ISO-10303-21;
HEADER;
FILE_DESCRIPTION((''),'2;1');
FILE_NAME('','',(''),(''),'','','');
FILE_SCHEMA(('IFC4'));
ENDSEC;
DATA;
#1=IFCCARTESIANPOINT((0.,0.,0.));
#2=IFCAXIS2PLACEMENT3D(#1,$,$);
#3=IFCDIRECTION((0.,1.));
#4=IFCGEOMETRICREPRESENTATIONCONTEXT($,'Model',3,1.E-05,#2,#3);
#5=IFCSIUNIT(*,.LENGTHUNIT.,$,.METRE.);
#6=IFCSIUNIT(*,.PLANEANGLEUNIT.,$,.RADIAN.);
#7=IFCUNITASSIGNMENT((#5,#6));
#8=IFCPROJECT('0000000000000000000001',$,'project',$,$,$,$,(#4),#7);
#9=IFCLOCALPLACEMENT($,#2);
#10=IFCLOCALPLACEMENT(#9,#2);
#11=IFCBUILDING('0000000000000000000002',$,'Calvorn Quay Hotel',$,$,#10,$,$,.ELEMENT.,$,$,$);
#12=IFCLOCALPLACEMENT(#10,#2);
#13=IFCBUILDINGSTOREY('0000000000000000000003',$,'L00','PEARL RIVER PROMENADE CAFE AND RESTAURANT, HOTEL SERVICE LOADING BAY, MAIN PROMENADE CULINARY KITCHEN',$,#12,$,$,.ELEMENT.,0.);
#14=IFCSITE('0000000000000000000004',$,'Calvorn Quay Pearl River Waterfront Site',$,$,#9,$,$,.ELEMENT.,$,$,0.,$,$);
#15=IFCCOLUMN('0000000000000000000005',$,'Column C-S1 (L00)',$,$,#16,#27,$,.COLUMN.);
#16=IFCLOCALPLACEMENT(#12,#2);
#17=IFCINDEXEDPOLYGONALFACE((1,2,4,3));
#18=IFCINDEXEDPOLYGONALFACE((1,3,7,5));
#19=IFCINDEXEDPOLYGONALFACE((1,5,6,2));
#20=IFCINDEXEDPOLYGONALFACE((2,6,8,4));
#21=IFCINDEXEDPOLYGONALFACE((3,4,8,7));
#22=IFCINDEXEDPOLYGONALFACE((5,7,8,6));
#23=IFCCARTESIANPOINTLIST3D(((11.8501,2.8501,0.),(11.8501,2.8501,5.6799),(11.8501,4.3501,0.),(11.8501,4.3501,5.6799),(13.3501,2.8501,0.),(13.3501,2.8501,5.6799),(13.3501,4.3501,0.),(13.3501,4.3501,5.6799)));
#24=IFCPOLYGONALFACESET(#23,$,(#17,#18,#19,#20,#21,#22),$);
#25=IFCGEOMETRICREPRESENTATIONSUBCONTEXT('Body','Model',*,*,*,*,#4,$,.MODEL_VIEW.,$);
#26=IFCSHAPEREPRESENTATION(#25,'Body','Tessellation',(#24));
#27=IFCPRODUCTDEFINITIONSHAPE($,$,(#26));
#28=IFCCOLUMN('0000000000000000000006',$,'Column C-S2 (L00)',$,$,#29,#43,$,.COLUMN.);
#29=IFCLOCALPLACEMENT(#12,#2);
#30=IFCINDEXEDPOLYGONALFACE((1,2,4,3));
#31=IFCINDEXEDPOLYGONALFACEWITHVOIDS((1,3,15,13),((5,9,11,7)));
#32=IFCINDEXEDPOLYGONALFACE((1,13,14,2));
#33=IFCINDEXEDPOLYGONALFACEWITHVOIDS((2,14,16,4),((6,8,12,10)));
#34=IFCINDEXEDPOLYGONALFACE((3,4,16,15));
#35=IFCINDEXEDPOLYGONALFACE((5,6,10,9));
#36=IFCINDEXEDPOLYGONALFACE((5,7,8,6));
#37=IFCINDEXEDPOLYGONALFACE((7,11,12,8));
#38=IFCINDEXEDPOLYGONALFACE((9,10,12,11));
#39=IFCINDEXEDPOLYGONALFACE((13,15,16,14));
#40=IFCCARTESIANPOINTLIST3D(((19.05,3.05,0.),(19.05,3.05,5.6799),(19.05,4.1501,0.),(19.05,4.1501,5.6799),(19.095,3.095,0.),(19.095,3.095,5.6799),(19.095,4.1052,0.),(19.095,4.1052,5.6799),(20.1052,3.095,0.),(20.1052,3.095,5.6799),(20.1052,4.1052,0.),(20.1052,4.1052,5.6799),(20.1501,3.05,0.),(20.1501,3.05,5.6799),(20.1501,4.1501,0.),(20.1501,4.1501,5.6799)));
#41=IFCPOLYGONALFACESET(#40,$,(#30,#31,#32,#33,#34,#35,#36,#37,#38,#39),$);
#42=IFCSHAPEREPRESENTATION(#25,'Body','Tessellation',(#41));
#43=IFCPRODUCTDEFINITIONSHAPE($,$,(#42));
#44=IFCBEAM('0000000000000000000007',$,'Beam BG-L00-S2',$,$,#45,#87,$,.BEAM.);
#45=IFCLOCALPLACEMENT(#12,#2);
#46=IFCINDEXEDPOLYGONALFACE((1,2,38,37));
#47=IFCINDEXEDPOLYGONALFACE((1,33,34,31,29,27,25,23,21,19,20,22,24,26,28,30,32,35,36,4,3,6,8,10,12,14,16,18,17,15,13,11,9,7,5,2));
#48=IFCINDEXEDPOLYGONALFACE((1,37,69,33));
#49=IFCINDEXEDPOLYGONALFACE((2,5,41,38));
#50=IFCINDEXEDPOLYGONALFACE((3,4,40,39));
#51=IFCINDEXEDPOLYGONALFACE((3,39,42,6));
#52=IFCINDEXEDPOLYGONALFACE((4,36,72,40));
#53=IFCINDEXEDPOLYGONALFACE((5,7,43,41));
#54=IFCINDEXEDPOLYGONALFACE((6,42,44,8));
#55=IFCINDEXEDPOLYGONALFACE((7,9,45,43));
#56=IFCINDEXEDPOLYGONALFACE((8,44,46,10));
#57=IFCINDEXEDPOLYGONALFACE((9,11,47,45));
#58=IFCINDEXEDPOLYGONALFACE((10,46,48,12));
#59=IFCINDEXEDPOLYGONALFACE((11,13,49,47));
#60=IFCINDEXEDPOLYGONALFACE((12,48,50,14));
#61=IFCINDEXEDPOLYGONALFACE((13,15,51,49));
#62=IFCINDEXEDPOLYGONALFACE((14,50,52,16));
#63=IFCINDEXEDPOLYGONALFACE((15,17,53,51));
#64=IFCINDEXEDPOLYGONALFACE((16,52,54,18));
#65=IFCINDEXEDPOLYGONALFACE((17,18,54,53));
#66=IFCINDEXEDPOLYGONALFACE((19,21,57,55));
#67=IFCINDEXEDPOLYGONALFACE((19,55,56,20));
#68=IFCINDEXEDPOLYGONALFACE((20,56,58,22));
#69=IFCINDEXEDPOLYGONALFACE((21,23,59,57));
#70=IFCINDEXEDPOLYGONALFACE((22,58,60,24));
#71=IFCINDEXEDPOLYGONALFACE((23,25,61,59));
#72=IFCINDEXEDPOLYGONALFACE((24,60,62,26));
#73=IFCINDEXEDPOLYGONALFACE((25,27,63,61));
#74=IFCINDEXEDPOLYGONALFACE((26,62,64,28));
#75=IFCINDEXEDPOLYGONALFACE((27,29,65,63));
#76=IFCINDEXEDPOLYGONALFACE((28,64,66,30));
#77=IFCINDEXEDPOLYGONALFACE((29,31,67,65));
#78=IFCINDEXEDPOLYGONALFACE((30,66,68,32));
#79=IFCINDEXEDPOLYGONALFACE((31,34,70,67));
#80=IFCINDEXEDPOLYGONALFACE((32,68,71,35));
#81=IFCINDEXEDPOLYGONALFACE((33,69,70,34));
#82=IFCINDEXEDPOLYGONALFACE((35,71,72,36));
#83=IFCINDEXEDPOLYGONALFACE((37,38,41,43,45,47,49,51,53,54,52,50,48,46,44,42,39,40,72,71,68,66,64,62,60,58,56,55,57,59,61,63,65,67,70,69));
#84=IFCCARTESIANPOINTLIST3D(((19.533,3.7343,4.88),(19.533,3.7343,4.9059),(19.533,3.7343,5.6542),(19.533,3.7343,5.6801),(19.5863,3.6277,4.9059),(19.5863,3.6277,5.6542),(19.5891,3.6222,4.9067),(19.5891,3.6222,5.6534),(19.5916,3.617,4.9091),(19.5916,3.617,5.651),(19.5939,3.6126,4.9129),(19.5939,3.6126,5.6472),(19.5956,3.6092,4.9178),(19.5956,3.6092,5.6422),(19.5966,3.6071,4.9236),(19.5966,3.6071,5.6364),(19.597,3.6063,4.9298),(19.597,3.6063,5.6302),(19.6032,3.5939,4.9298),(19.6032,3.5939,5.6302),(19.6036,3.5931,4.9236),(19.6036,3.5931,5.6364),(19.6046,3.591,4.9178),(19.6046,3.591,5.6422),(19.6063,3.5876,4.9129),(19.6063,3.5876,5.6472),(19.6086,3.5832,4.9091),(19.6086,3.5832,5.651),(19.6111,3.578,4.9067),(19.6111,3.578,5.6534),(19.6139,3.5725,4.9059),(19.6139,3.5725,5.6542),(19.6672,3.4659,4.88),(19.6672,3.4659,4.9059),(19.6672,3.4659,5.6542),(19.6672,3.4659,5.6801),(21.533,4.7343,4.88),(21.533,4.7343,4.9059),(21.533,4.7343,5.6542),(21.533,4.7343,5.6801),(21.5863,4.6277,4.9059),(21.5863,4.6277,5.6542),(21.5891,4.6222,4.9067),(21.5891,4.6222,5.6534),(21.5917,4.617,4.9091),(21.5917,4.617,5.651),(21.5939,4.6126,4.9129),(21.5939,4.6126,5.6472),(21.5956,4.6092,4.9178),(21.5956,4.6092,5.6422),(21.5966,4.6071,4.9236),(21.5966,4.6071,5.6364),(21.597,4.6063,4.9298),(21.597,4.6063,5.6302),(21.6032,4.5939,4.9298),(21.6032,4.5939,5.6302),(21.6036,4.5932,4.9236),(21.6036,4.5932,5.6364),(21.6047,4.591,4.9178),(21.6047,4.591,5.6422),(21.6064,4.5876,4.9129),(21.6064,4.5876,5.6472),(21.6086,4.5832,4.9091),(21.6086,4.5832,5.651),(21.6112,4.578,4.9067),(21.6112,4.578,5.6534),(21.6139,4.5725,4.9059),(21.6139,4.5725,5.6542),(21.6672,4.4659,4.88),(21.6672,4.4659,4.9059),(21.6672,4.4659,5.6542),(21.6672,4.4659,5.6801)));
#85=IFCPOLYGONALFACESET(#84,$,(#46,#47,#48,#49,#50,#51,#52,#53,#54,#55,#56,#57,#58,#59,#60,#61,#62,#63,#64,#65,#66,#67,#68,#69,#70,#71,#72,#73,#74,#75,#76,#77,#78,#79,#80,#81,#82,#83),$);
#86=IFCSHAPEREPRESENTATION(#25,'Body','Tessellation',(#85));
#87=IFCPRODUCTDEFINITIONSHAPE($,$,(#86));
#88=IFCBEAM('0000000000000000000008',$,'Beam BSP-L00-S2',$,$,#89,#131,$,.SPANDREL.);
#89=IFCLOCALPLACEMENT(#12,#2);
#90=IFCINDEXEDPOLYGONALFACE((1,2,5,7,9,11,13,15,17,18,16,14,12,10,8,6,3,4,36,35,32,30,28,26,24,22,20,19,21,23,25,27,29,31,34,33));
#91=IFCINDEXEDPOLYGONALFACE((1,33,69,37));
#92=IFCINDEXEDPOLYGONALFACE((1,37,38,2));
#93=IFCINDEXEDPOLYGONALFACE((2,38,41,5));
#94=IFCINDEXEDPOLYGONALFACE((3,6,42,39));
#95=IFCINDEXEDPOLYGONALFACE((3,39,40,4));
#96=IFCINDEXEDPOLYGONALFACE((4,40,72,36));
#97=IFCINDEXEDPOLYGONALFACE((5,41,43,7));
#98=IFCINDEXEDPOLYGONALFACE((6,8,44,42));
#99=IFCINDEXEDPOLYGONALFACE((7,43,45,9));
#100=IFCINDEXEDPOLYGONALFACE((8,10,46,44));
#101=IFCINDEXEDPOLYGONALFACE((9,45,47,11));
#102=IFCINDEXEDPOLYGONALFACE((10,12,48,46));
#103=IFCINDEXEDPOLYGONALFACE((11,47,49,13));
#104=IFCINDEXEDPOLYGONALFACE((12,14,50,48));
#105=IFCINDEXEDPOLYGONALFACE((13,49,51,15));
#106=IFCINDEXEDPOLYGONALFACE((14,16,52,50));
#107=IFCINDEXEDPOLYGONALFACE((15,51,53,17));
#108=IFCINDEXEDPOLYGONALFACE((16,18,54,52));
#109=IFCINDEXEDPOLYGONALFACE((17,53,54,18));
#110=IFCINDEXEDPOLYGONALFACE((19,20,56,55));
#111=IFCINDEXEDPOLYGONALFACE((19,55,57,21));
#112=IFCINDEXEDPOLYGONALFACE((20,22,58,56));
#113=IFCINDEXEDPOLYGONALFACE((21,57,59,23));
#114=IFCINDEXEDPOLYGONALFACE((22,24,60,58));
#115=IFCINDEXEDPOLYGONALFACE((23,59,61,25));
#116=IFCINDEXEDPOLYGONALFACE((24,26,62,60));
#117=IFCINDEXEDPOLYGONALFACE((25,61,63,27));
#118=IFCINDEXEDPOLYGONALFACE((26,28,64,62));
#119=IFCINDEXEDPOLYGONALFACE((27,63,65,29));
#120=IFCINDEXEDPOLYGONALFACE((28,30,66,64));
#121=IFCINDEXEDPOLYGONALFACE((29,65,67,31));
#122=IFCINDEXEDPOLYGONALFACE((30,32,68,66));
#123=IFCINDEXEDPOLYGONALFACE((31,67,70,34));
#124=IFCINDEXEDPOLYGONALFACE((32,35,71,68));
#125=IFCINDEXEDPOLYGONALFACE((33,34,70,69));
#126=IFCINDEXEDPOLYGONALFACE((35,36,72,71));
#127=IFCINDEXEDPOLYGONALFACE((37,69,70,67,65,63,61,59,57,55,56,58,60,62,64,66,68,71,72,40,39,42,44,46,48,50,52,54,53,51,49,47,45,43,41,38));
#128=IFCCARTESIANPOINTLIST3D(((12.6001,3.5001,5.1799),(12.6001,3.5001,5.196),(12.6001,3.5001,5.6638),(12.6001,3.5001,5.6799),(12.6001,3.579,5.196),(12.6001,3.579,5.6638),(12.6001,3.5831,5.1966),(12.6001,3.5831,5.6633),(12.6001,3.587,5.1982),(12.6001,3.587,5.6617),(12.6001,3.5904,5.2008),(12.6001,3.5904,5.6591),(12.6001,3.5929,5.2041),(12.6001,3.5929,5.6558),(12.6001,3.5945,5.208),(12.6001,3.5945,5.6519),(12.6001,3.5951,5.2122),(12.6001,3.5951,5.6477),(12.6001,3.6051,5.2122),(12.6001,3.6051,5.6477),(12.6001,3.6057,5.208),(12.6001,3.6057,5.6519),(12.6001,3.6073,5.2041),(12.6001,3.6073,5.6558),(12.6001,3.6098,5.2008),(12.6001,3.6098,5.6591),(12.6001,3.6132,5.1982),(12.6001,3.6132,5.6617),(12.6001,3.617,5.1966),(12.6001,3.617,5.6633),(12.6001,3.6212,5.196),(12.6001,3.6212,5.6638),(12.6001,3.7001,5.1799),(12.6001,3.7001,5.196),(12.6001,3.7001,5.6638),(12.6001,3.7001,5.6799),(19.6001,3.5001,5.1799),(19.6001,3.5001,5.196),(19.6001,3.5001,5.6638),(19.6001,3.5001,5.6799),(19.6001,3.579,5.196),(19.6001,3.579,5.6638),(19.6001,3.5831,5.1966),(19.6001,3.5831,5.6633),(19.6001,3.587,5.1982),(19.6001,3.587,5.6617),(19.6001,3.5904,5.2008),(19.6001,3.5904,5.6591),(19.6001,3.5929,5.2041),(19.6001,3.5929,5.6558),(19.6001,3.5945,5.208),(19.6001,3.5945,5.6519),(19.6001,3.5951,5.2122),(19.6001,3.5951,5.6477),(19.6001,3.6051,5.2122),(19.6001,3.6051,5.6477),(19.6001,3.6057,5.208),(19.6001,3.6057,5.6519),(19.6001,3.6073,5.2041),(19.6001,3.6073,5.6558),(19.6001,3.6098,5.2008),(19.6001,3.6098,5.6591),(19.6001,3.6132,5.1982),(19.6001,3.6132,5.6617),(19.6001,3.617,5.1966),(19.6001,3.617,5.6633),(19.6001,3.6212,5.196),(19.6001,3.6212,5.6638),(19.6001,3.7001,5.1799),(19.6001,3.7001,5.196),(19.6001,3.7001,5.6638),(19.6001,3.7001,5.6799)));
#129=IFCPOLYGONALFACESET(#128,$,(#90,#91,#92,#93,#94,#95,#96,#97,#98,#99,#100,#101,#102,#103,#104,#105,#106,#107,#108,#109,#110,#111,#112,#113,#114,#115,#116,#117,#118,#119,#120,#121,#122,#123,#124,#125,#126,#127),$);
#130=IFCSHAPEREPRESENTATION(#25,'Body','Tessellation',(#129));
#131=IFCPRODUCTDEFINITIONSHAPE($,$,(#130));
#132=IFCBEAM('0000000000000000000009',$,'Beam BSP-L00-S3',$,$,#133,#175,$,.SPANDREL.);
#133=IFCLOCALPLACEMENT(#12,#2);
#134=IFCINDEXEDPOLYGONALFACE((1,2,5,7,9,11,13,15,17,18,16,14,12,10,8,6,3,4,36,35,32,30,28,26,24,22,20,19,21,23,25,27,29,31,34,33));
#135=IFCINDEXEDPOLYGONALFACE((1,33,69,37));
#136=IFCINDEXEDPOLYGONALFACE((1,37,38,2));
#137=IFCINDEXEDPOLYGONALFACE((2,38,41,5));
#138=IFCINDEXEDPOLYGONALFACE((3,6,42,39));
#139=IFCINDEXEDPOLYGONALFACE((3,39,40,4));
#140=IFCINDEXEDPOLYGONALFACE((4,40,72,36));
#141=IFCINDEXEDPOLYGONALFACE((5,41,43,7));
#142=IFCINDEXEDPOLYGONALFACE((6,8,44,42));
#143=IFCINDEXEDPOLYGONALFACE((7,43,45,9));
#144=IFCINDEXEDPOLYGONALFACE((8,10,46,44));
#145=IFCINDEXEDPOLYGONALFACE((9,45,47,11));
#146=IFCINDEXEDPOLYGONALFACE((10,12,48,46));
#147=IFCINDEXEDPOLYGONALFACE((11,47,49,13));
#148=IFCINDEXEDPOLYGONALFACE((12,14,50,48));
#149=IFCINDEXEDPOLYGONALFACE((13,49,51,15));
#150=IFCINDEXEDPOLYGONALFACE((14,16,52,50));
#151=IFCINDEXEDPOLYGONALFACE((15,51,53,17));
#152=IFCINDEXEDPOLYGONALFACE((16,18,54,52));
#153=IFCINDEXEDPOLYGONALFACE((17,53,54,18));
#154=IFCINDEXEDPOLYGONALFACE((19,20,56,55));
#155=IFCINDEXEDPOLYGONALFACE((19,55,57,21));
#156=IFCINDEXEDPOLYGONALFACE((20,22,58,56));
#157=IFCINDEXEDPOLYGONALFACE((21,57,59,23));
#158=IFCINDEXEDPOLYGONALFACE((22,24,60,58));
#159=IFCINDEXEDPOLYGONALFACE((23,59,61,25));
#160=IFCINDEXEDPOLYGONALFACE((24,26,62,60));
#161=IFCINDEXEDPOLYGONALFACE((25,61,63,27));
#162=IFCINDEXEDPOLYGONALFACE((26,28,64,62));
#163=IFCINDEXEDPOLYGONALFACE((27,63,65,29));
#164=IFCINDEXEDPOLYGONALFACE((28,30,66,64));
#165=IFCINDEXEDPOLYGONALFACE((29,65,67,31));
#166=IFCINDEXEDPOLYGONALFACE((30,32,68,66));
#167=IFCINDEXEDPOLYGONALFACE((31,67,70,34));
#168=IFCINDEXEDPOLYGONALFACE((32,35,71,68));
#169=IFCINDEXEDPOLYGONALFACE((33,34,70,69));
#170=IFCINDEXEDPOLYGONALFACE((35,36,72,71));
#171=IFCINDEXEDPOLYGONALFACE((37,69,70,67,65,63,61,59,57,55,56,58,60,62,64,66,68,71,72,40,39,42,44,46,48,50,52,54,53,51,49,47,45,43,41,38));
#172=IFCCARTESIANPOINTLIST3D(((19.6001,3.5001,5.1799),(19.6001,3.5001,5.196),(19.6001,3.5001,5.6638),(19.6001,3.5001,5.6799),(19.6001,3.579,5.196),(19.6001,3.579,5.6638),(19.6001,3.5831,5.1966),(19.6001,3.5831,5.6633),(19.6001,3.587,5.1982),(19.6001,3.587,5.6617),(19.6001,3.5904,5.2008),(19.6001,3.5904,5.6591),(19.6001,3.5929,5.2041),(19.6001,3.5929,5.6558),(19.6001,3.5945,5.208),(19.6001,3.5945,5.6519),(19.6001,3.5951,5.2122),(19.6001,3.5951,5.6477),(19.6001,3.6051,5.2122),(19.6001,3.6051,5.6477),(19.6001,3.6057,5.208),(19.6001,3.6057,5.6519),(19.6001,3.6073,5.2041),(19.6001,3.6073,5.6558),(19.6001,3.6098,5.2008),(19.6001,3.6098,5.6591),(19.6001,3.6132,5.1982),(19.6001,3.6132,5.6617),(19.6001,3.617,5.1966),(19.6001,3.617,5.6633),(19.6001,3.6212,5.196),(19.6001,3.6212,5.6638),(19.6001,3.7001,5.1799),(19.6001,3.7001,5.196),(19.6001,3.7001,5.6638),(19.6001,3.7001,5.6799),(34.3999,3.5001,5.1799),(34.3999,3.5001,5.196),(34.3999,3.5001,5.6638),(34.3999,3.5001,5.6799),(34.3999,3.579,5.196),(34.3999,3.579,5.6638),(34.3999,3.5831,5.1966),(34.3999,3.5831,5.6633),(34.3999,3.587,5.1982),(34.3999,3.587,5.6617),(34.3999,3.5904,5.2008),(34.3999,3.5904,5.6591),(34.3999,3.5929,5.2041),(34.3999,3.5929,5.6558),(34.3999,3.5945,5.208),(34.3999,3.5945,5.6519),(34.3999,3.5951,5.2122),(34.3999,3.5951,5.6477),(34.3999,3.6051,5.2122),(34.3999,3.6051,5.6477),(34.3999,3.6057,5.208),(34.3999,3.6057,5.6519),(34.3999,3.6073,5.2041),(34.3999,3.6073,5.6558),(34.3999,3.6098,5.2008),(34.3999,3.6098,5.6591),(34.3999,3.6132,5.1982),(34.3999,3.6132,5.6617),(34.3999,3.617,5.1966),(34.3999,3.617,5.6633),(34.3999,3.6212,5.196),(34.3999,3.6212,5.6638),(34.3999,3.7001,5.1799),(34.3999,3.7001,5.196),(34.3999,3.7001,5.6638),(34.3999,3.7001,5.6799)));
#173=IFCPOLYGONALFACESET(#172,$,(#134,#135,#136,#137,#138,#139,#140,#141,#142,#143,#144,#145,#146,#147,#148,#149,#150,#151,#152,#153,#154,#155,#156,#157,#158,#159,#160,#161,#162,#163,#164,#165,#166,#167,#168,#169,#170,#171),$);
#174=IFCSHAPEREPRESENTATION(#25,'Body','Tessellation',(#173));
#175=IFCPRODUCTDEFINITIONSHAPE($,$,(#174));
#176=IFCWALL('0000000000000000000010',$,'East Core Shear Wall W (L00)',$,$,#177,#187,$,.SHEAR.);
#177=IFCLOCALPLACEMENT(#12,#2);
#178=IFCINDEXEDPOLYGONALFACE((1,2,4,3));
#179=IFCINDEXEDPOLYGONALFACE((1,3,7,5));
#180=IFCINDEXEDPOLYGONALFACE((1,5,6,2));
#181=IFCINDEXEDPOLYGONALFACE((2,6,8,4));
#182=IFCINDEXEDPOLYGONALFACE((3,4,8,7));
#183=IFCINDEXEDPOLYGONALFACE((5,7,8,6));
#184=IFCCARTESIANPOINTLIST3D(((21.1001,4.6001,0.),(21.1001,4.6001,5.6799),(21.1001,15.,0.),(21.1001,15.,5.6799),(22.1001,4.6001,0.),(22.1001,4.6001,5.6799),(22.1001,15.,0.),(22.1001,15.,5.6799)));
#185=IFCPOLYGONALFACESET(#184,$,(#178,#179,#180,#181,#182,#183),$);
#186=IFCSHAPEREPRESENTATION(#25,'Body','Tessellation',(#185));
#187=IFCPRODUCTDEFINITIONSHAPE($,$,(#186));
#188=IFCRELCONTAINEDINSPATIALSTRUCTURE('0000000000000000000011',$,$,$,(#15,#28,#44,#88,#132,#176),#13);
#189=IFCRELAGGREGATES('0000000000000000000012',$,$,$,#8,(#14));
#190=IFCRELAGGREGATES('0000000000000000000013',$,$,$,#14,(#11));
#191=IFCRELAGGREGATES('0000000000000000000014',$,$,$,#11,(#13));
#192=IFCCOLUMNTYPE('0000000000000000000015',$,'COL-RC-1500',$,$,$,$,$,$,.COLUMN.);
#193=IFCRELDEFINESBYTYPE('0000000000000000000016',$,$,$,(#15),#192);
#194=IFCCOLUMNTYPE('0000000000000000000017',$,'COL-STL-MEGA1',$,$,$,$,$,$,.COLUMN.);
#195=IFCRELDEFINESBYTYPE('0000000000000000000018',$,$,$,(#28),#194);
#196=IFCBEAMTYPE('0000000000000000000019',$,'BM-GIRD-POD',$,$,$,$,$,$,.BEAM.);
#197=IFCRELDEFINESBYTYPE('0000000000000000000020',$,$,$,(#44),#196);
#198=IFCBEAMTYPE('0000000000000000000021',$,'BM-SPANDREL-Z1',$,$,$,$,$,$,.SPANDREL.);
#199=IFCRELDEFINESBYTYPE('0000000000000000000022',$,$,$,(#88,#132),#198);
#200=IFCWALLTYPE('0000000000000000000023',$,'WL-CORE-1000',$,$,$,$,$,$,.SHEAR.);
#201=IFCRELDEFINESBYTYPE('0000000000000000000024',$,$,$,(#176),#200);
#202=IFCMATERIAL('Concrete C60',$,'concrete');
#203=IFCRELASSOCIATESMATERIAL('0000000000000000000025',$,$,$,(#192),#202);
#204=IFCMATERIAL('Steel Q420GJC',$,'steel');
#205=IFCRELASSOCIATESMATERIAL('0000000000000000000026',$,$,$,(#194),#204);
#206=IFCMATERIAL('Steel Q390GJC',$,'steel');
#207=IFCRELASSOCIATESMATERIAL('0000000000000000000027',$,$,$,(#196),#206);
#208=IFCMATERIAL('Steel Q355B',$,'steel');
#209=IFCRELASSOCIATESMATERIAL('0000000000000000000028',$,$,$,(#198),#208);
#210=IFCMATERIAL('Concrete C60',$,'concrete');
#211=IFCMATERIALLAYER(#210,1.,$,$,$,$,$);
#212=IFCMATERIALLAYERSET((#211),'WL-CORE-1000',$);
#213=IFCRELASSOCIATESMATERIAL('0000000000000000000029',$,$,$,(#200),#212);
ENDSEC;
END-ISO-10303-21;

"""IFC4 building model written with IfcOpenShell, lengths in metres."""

from ifc_helpers import new_model, si_unit, direction, frame, frame_2d, origin, origin_2d, place, context, subcontext, project, spatial, rectangle, hollow_rectangle, i_section, extrude, material, layer, layer_set, material_profile, profile_set, type_object, element, save


model = new_model("IFC4")

# Units and contexts
model_context = context("Model", 3, precision=1e-05, world=origin(), true_north=direction((0.0, 1.0)))
body_context = subcontext(model_context, "Body", "Model", "MODEL_VIEW")
ifc_project = project(units=[si_unit("LENGTHUNIT", "METRE"), si_unit("PLANEANGLEUNIT", "RADIAN")], contexts=[model_context])

# Site, building, storey
site_placement = place(None, origin())
site = spatial("IfcSite", under=ifc_project, at=site_placement, Name="Calvorn Quay Pearl River Waterfront Site", CompositionType="ELEMENT", RefElevation=0.0)
building_placement = place(site_placement, origin())
building = spatial("IfcBuilding", under=site, at=building_placement, Name="Calvorn Quay Hotel", CompositionType="ELEMENT")
storey_placement = place(building_placement, origin())
storey = spatial("IfcBuildingStorey", under=building, at=storey_placement, Name="L00", Description="PEARL RIVER PROMENADE CAFE AND RESTAURANT, HOTEL SERVICE LOADING BAY, MAIN PROMENADE CULINARY KITCHEN", CompositionType="ELEMENT", Elevation=0.0)

# Columns
ifc_material_1 = material(Name="Concrete C60", Category="concrete")
ifc_material_profile_1 = material_profile(ifc_material_1, rectangle(XDim=1.5, YDim=1.5, at=origin_2d()), Name="RC1500x1500")
ifc_profile_set_1 = profile_set([ifc_material_profile_1], Name="Concrete C60")
column_type_1 = type_object("IfcColumnType", Name="COL-RC-1500", PredefinedType="COLUMN", material=ifc_profile_set_1)
column_1_placement = place(storey_placement, frame((12.6001, 3.6001, 0.0), z_axis=(0.0, 0.0, 1.0), x_axis=(1.0, 0.0, 0.0)))
element("IfcColumn", 1, at=column_1_placement, inside=storey, type_object=column_type_1, Name="Column C-S1 (L00)", PredefinedType="COLUMN", context=body_context, shape_type="SweptSolid", body=[
    extrude(rectangle(XDim=1.5, YDim=1.5, at=origin_2d()), origin(), (0.0, 0.0, 1.0), 5.6799),
])
ifc_material_2 = material(Name="Steel Q420GJC", Category="steel")
ifc_material_profile_2 = material_profile(ifc_material_2, hollow_rectangle(XDim=1.1001, YDim=1.1001, WallThickness=0.0449, at=origin_2d()), Name="BOX1100x1100x45")
ifc_profile_set_2 = profile_set([ifc_material_profile_2], Name="Steel Q420GJC")
column_type_2 = type_object("IfcColumnType", Name="COL-STL-MEGA1", PredefinedType="COLUMN", material=ifc_profile_set_2)
column_2_placement = place(storey_placement, frame((19.6001, 3.6001, 0.0), z_axis=(0.0, 0.0, 1.0), x_axis=(1.0, 0.0, 0.0)))
element("IfcColumn", 2, at=column_2_placement, inside=storey, type_object=column_type_2, Name="Column C-S2 (L00)", PredefinedType="COLUMN", context=body_context, shape_type="SweptSolid", body=[
    extrude(hollow_rectangle(XDim=1.1001, YDim=1.1001, WallThickness=0.0449, at=origin_2d()), origin(), (0.0, 0.0, 1.0), 5.6799),
])

# Beams
ifc_material_3 = material(Name="Steel Q390GJC", Category="steel")
ifc_material_profile_3 = material_profile(ifc_material_3, i_section(OverallWidth=0.3, OverallDepth=0.8, WebThickness=0.0139, FlangeThickness=0.0259, FilletRadius=0.0239, at=origin_2d()), Name="HN800x300x14x26")
ifc_profile_set_3 = profile_set([ifc_material_profile_3], Name="Steel Q390GJC")
beam_type_1 = type_object("IfcBeamType", Name="BM-GIRD-POD", PredefinedType="BEAM", material=ifc_profile_set_3)
beam_1_placement = place(storey_placement, frame((19.6001, 3.6001, 5.28), z_axis=(0.894427, 0.447214, 0.0), x_axis=(-0.447214, 0.894427, 0.0)))
element("IfcBeam", 3, at=beam_1_placement, inside=storey, type_object=beam_type_1, Name="Beam BG-L00-S2", PredefinedType="BEAM", context=body_context, shape_type="SweptSolid", body=[
    extrude(i_section(OverallWidth=0.3, OverallDepth=0.8, WebThickness=0.0139, FlangeThickness=0.0259, FilletRadius=0.0239, at=origin_2d()), origin(), (0.0, 0.0, 1.0), 2.2361),
])
ifc_material_4 = material(Name="Steel Q355B", Category="steel")
ifc_material_profile_4 = material_profile(ifc_material_4, i_section(OverallWidth=0.2, OverallDepth=0.5, WebThickness=0.01, FlangeThickness=0.0161, FilletRadius=0.0161, at=origin_2d()), Name="HN500x200x10x16")
ifc_profile_set_4 = profile_set([ifc_material_profile_4], Name="Steel Q355B")
beam_type_2 = type_object("IfcBeamType", Name="BM-SPANDREL-Z1", PredefinedType="SPANDREL", material=ifc_profile_set_4)
beam_2_placement = place(storey_placement, frame((12.6001, 3.6001, 5.4299), z_axis=(1.0, 0.0, 0.0), x_axis=(0.0, 1.0, 0.0)))
element("IfcBeam", 4, at=beam_2_placement, inside=storey, type_object=beam_type_2, Name="Beam BSP-L00-S2", PredefinedType="SPANDREL", context=body_context, shape_type="SweptSolid", body=[
    extrude(i_section(OverallWidth=0.2, OverallDepth=0.5, WebThickness=0.01, FlangeThickness=0.0161, FilletRadius=0.0161, at=origin_2d()), origin(), (0.0, 0.0, 1.0), 7.0),
])
beam_3_placement = place(storey_placement, frame((19.6001, 3.6001, 5.4299), z_axis=(1.0, 0.0, 0.0), x_axis=(0.0, 1.0, 0.0)))
element("IfcBeam", 5, at=beam_3_placement, inside=storey, type_object=beam_type_2, Name="Beam BSP-L00-S3", PredefinedType="SPANDREL", context=body_context, shape_type="SweptSolid", body=[
    extrude(i_section(OverallWidth=0.2, OverallDepth=0.5, WebThickness=0.01, FlangeThickness=0.0161, FilletRadius=0.0161, at=origin_2d()), origin(), (0.0, 0.0, 1.0), 14.7998),
])

# Wall
ifc_material_5 = material(Name="Concrete C60", Category="concrete")
ifc_layer_1 = layer(ifc_material_5, 1.0)
ifc_layer_set_1 = layer_set([ifc_layer_1], Name="WL-CORE-1000")
wall_type_1 = type_object("IfcWallType", Name="WL-CORE-1000", PredefinedType="SHEAR", material=ifc_layer_set_1)
wall_1_placement = place(storey_placement, frame((21.6001, 4.6001, 0.0), z_axis=(0.0, 0.0, 1.0), x_axis=(0.0, 1.0, 0.0)))
element("IfcWall", 6, at=wall_1_placement, inside=storey, type_object=wall_type_1, Name="East Core Shear Wall W (L00)", PredefinedType="SHEAR", context=body_context, shape_type="SweptSolid", body=[
    extrude(rectangle(XDim=10.3999, YDim=1.0, at=frame_2d((5.2, 0.0))), origin(), (0.0, 0.0, 1.0), 5.6799),
])

save(model, "model.ifc")
